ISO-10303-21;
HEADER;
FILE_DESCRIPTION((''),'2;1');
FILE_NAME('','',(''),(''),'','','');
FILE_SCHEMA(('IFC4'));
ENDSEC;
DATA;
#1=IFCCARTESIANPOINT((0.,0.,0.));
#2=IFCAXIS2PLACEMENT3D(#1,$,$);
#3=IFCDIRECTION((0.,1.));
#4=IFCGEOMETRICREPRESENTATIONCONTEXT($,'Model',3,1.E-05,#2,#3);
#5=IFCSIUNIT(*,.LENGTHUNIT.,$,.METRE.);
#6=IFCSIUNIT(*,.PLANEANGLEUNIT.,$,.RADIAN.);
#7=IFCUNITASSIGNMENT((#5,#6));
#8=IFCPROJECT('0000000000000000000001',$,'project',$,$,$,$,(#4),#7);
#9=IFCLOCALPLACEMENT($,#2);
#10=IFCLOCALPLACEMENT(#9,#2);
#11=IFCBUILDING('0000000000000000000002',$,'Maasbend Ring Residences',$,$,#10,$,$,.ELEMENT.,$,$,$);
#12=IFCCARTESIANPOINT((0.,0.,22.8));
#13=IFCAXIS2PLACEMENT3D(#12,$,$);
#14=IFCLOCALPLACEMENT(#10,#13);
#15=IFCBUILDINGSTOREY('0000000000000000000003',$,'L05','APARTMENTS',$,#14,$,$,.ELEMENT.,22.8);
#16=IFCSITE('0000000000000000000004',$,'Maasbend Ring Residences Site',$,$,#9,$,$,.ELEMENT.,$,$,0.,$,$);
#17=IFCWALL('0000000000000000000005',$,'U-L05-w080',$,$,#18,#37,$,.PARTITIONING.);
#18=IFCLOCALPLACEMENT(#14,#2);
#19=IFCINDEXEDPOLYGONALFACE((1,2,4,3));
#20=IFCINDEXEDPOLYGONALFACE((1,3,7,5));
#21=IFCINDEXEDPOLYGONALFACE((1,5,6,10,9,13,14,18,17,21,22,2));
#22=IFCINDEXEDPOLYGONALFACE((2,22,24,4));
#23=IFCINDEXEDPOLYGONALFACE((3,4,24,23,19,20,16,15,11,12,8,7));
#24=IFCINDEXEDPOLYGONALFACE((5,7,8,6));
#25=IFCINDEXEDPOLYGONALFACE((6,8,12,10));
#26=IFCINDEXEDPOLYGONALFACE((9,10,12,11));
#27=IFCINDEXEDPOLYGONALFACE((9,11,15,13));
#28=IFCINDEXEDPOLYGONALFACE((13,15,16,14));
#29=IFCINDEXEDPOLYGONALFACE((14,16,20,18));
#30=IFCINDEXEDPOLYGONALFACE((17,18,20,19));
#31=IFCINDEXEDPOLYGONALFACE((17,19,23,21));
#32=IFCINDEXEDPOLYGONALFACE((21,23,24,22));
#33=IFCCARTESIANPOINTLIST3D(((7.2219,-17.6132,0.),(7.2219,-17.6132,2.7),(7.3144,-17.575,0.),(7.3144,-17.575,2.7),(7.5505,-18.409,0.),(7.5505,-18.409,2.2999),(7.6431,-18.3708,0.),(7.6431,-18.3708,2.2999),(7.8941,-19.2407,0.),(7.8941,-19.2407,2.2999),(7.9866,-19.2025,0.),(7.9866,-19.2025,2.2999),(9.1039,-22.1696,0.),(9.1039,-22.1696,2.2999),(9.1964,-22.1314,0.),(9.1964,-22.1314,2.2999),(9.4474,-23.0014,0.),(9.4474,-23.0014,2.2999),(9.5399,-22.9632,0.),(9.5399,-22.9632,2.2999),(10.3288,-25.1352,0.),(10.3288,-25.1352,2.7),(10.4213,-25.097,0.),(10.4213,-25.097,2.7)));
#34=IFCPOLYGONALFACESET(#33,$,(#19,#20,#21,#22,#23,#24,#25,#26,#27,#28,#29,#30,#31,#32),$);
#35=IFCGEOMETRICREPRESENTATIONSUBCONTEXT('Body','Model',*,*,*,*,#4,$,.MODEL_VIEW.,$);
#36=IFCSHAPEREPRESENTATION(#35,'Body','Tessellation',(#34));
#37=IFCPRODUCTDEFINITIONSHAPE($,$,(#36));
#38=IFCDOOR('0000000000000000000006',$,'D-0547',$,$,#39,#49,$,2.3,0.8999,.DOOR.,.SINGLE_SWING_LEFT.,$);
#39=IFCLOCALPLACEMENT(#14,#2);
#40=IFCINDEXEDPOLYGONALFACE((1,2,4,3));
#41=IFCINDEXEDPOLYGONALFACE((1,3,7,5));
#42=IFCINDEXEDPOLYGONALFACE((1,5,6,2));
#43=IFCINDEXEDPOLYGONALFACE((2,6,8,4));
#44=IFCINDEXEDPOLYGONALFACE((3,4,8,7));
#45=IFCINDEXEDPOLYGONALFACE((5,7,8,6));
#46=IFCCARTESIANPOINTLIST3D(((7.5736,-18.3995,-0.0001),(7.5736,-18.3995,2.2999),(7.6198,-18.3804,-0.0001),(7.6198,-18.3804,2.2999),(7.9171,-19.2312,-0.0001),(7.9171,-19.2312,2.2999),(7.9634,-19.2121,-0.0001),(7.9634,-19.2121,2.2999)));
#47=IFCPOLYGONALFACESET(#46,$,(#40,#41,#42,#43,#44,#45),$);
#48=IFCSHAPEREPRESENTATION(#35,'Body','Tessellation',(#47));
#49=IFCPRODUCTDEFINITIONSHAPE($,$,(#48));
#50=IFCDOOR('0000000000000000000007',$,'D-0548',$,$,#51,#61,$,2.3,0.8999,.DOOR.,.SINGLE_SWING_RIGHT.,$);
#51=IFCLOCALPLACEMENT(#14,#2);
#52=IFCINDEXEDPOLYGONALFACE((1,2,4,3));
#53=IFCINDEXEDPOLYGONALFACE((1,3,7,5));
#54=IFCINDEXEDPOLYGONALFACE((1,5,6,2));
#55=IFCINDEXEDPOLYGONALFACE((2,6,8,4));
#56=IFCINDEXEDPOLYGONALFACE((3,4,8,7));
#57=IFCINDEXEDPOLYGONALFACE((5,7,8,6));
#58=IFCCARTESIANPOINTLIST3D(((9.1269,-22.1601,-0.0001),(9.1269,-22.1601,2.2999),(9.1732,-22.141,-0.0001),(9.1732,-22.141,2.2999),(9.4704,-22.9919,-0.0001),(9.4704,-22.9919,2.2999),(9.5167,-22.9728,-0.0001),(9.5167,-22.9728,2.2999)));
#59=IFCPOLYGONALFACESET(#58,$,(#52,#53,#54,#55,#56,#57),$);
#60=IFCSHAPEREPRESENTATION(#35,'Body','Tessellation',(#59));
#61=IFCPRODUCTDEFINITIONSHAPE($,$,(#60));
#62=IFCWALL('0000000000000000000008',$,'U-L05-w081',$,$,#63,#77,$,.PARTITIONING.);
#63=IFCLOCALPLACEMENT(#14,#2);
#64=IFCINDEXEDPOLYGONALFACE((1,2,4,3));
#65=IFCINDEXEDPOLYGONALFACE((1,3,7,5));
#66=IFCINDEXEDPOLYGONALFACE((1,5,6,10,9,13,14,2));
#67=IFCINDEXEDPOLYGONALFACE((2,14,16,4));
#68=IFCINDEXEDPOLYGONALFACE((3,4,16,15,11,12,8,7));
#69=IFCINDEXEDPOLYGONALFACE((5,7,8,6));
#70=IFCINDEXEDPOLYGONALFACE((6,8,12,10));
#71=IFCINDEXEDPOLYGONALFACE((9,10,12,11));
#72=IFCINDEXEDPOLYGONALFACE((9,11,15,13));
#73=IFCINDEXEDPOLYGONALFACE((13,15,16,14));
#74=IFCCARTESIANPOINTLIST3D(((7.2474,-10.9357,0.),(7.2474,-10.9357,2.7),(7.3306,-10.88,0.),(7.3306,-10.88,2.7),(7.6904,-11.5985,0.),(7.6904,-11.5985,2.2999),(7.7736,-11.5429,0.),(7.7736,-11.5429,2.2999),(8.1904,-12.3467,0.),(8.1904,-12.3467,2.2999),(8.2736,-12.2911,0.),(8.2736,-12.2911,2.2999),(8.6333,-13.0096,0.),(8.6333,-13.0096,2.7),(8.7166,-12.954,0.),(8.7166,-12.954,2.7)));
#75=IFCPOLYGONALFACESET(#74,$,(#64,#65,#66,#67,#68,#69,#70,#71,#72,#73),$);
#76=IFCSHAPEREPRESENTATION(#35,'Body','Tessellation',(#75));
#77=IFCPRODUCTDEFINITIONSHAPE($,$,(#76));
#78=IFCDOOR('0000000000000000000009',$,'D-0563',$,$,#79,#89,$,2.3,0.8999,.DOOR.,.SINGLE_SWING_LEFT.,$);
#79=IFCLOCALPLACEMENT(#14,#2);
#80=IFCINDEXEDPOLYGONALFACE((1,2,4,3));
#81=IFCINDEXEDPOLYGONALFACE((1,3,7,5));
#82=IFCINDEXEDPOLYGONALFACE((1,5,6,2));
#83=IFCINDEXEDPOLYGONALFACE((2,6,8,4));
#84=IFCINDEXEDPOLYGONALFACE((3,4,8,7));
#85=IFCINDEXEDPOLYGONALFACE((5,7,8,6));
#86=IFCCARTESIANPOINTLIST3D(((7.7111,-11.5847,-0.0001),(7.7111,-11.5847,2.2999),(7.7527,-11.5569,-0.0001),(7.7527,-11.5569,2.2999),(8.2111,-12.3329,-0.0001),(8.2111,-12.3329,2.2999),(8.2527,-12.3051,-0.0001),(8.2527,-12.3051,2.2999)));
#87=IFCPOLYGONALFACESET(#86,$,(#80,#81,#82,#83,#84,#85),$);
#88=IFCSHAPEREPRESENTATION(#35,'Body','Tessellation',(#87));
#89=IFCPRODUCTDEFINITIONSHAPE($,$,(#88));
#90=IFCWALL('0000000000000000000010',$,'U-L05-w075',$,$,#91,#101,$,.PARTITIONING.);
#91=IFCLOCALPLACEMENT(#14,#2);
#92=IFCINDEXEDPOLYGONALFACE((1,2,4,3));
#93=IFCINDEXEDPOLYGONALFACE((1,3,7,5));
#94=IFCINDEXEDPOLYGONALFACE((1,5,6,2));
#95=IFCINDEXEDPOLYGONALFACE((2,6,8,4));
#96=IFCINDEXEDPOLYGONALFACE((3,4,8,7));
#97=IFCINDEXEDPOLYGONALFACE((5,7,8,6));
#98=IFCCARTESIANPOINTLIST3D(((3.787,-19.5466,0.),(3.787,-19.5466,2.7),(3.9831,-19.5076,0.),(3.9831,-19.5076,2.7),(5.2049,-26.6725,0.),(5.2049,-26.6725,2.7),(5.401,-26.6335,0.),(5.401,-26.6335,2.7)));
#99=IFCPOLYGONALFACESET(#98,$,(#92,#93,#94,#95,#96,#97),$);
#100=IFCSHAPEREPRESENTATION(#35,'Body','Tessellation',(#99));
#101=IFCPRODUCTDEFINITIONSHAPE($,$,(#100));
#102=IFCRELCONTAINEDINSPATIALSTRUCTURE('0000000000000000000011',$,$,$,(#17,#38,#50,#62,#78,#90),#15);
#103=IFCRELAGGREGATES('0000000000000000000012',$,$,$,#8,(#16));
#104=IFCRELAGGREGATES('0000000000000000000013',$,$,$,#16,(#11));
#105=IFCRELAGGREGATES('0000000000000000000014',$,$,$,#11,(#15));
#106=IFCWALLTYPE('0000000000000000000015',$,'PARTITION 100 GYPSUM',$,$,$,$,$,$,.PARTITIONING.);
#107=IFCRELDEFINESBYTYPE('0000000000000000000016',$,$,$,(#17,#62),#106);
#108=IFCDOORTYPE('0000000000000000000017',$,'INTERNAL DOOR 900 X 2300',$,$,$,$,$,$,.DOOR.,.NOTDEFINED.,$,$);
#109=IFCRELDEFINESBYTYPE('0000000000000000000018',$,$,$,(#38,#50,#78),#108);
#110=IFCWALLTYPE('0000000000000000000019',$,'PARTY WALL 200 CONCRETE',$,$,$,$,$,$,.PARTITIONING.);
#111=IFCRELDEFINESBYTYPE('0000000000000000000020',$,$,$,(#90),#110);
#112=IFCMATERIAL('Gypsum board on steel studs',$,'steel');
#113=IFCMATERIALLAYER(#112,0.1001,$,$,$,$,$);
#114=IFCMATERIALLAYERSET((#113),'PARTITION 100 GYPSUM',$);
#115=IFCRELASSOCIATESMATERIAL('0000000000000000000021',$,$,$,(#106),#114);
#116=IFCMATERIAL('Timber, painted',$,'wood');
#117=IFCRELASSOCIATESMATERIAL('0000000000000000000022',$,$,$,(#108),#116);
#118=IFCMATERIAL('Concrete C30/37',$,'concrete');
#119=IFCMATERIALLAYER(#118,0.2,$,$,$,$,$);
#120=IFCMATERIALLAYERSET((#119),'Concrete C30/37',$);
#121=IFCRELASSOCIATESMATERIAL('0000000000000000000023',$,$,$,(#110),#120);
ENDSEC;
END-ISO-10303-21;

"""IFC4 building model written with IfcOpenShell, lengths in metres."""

from ifc_helpers import new_model, si_unit, direction, frame, frame_2d, origin, place, context, subcontext, project, spatial, rectangle, extrude, material, layer, layer_set, type_object, element, fill, save


model = new_model("IFC4")

# Units and contexts
model_context = context("Model", 3, precision=1e-05, world=origin(), true_north=direction((0.0, 1.0)))
body_context = subcontext(model_context, "Body", "Model", "MODEL_VIEW")
ifc_project = project(units=[si_unit("LENGTHUNIT", "METRE"), si_unit("PLANEANGLEUNIT", "RADIAN")], contexts=[model_context])

# Site, building, storey
site_placement = place(None, origin())
site = spatial("IfcSite", under=ifc_project, at=site_placement, Name="Maasbend Ring Residences Site", CompositionType="ELEMENT", RefElevation=0.0)
building_placement = place(site_placement, origin())
building = spatial("IfcBuilding", under=site, at=building_placement, Name="Maasbend Ring Residences", CompositionType="ELEMENT")
storey_placement = place(building_placement, frame((0.0, 0.0, 22.8)))
storey = spatial("IfcBuildingStorey", under=building, at=storey_placement, Name="L05", Description="APARTMENTS", CompositionType="ELEMENT", Elevation=22.8)

# Shared definitions
ifc_material_1 = material(Name="Gypsum board on steel studs", Category="steel")
ifc_layer_1 = layer(ifc_material_1, 0.1001)
ifc_layer_set_1 = layer_set([ifc_layer_1], Name="PARTITION 100 GYPSUM")
wall_type_1 = type_object("IfcWallType", Name="PARTITION 100 GYPSUM", PredefinedType="PARTITIONING", material=ifc_layer_set_1)
ifc_material_2 = material(Name="Timber, painted", Category="wood")
door_type_1 = type_object("IfcDoorType", Name="INTERNAL DOOR 900 X 2300", OperationType="NOTDEFINED", PredefinedType="DOOR", material=ifc_material_2)

# Wall, openings, doors
wall_1_placement = place(storey_placement, frame((7.2681, -17.594, 0.0), z_axis=(0.0, 0.0, 1.0), x_axis=(0.381763, -0.92426, 0.0)))
wall_1 = element("IfcWall", 1, at=wall_1_placement, inside=storey, type_object=wall_type_1, Name="U-L05-w080", PredefinedType="PARTITIONING", context=body_context, shape_type="SweptSolid", body=[
    extrude(rectangle(XDim=8.1384, YDim=0.1001, at=frame_2d((4.0693, 0.0))), origin(), (0.0, 0.0, 1.0), 2.7),
])
opening_1_placement = place(wall_1_placement, frame((0.8611, 0.0, 0.0)))
opening_1 = element("IfcOpeningElement", 2, at=opening_1_placement, cuts=wall_1, PredefinedType="OPENING", context=body_context, shape_type="SweptSolid", body=[
    extrude(rectangle(XDim=0.8999, YDim=2.3, at=frame_2d((0.45, 1.1499))), frame((0.0, 0.0601, 0.0), z_axis=(0.0, -1.0, 0.0), x_axis=(1.0, 0.0, 0.0)), (0.0, 0.0, 1.0), 0.1201),
])
opening_2_placement = place(wall_1_placement, frame((4.9299, 0.0, 0.0)))
opening_2 = element("IfcOpeningElement", 3, at=opening_2_placement, cuts=wall_1, PredefinedType="OPENING", context=body_context, shape_type="SweptSolid", body=[
    extrude(rectangle(XDim=0.8999, YDim=2.3, at=frame_2d((0.45, 1.1499))), frame((0.0, 0.0601, 0.0), z_axis=(0.0, -1.0, 0.0), x_axis=(1.0, 0.0, 0.0)), (0.0, 0.0, 1.0), 0.1201),
])
door_1_placement = place(opening_1_placement, origin())
door_1 = element("IfcDoor", 4, at=door_1_placement, inside=storey, type_object=door_type_1, Name="D-0547", OperationType="SINGLE_SWING_LEFT", OverallHeight=2.3, OverallWidth=0.8999, PredefinedType="DOOR", context=body_context, shape_type="SweptSolid", body=[
    extrude(rectangle(XDim=0.8999, YDim=2.3, at=frame_2d((0.45, 1.1499))), frame((0.0, 0.0249, 0.0), z_axis=(0.0, -1.0, 0.0), x_axis=(1.0, 0.0, 0.0)), (0.0, 0.0, 1.0), 0.05),
])
fill(opening_1, door_1)
door_2_placement = place(opening_2_placement, origin())
door_2 = element("IfcDoor", 5, at=door_2_placement, inside=storey, type_object=door_type_1, Name="D-0548", OperationType="SINGLE_SWING_RIGHT", OverallHeight=2.3, OverallWidth=0.8999, PredefinedType="DOOR", context=body_context, shape_type="SweptSolid", body=[
    extrude(rectangle(XDim=0.8999, YDim=2.3, at=frame_2d((0.45, 1.1499))), frame((0.0, 0.0249, 0.0), z_axis=(0.0, -1.0, 0.0), x_axis=(1.0, 0.0, 0.0)), (0.0, 0.0, 1.0), 0.05),
])
fill(opening_2, door_2)

# Wall, opening, door
wall_2_placement = place(storey_placement, frame((7.2891, -10.908, 0.0), z_axis=(0.0, 0.0, 1.0), x_axis=(0.555626, -0.831432, 0.0)))
wall_2 = element("IfcWall", 6, at=wall_2_placement, inside=storey, type_object=wall_type_1, Name="U-L05-w081", PredefinedType="PARTITIONING", context=body_context, shape_type="SweptSolid", body=[
    extrude(rectangle(XDim=2.4944, YDim=0.1001, at=frame_2d((1.2471, 0.0))), origin(), (0.0, 0.0, 1.0), 2.7),
])
opening_3_placement = place(wall_2_placement, frame((0.7971, 0.0, 0.0)))
opening_3 = element("IfcOpeningElement", 7, at=opening_3_placement, cuts=wall_2, PredefinedType="OPENING", context=body_context, shape_type="SweptSolid", body=[
    extrude(rectangle(XDim=0.8999, YDim=2.3, at=frame_2d((0.45, 1.1499))), frame((0.0, 0.0601, 0.0), z_axis=(0.0, -1.0, 0.0), x_axis=(1.0, 0.0, 0.0)), (0.0, 0.0, 1.0), 0.1201),
])
door_3_placement = place(opening_3_placement, origin())
door_3 = element("IfcDoor", 8, at=door_3_placement, inside=storey, type_object=door_type_1, Name="D-0563", OperationType="SINGLE_SWING_LEFT", OverallHeight=2.3, OverallWidth=0.8999, PredefinedType="DOOR", context=body_context, shape_type="SweptSolid", body=[
    extrude(rectangle(XDim=0.8999, YDim=2.3, at=frame_2d((0.45, 1.1499))), frame((0.0, 0.0249, 0.0), z_axis=(0.0, -1.0, 0.0), x_axis=(1.0, 0.0, 0.0)), (0.0, 0.0, 1.0), 0.05),
])
fill(opening_3, door_3)

# Wall
ifc_material_3 = material(Name="Concrete C30/37", Category="concrete")
ifc_layer_2 = layer(ifc_material_3, 0.2)
ifc_layer_set_2 = layer_set([ifc_layer_2], Name="Concrete C30/37")
wall_type_2 = type_object("IfcWallType", Name="PARTY WALL 200 CONCRETE", PredefinedType="PARTITIONING", material=ifc_layer_set_2)
wall_3_placement = place(storey_placement, frame((3.885, -19.5271, 0.0), z_axis=(0.0, 0.0, 1.0), x_axis=(0.19516, -0.980771, 0.0)))
element("IfcWall", 9, at=wall_3_placement, inside=storey, type_object=wall_type_2, Name="U-L05-w075", PredefinedType="PARTITIONING", context=body_context, shape_type="SweptSolid", body=[
    extrude(rectangle(XDim=7.2656, YDim=0.2, at=frame_2d((3.6328, 0.0))), origin(), (0.0, 0.0, 1.0), 2.7),
])

save(model, "model.ifc")
